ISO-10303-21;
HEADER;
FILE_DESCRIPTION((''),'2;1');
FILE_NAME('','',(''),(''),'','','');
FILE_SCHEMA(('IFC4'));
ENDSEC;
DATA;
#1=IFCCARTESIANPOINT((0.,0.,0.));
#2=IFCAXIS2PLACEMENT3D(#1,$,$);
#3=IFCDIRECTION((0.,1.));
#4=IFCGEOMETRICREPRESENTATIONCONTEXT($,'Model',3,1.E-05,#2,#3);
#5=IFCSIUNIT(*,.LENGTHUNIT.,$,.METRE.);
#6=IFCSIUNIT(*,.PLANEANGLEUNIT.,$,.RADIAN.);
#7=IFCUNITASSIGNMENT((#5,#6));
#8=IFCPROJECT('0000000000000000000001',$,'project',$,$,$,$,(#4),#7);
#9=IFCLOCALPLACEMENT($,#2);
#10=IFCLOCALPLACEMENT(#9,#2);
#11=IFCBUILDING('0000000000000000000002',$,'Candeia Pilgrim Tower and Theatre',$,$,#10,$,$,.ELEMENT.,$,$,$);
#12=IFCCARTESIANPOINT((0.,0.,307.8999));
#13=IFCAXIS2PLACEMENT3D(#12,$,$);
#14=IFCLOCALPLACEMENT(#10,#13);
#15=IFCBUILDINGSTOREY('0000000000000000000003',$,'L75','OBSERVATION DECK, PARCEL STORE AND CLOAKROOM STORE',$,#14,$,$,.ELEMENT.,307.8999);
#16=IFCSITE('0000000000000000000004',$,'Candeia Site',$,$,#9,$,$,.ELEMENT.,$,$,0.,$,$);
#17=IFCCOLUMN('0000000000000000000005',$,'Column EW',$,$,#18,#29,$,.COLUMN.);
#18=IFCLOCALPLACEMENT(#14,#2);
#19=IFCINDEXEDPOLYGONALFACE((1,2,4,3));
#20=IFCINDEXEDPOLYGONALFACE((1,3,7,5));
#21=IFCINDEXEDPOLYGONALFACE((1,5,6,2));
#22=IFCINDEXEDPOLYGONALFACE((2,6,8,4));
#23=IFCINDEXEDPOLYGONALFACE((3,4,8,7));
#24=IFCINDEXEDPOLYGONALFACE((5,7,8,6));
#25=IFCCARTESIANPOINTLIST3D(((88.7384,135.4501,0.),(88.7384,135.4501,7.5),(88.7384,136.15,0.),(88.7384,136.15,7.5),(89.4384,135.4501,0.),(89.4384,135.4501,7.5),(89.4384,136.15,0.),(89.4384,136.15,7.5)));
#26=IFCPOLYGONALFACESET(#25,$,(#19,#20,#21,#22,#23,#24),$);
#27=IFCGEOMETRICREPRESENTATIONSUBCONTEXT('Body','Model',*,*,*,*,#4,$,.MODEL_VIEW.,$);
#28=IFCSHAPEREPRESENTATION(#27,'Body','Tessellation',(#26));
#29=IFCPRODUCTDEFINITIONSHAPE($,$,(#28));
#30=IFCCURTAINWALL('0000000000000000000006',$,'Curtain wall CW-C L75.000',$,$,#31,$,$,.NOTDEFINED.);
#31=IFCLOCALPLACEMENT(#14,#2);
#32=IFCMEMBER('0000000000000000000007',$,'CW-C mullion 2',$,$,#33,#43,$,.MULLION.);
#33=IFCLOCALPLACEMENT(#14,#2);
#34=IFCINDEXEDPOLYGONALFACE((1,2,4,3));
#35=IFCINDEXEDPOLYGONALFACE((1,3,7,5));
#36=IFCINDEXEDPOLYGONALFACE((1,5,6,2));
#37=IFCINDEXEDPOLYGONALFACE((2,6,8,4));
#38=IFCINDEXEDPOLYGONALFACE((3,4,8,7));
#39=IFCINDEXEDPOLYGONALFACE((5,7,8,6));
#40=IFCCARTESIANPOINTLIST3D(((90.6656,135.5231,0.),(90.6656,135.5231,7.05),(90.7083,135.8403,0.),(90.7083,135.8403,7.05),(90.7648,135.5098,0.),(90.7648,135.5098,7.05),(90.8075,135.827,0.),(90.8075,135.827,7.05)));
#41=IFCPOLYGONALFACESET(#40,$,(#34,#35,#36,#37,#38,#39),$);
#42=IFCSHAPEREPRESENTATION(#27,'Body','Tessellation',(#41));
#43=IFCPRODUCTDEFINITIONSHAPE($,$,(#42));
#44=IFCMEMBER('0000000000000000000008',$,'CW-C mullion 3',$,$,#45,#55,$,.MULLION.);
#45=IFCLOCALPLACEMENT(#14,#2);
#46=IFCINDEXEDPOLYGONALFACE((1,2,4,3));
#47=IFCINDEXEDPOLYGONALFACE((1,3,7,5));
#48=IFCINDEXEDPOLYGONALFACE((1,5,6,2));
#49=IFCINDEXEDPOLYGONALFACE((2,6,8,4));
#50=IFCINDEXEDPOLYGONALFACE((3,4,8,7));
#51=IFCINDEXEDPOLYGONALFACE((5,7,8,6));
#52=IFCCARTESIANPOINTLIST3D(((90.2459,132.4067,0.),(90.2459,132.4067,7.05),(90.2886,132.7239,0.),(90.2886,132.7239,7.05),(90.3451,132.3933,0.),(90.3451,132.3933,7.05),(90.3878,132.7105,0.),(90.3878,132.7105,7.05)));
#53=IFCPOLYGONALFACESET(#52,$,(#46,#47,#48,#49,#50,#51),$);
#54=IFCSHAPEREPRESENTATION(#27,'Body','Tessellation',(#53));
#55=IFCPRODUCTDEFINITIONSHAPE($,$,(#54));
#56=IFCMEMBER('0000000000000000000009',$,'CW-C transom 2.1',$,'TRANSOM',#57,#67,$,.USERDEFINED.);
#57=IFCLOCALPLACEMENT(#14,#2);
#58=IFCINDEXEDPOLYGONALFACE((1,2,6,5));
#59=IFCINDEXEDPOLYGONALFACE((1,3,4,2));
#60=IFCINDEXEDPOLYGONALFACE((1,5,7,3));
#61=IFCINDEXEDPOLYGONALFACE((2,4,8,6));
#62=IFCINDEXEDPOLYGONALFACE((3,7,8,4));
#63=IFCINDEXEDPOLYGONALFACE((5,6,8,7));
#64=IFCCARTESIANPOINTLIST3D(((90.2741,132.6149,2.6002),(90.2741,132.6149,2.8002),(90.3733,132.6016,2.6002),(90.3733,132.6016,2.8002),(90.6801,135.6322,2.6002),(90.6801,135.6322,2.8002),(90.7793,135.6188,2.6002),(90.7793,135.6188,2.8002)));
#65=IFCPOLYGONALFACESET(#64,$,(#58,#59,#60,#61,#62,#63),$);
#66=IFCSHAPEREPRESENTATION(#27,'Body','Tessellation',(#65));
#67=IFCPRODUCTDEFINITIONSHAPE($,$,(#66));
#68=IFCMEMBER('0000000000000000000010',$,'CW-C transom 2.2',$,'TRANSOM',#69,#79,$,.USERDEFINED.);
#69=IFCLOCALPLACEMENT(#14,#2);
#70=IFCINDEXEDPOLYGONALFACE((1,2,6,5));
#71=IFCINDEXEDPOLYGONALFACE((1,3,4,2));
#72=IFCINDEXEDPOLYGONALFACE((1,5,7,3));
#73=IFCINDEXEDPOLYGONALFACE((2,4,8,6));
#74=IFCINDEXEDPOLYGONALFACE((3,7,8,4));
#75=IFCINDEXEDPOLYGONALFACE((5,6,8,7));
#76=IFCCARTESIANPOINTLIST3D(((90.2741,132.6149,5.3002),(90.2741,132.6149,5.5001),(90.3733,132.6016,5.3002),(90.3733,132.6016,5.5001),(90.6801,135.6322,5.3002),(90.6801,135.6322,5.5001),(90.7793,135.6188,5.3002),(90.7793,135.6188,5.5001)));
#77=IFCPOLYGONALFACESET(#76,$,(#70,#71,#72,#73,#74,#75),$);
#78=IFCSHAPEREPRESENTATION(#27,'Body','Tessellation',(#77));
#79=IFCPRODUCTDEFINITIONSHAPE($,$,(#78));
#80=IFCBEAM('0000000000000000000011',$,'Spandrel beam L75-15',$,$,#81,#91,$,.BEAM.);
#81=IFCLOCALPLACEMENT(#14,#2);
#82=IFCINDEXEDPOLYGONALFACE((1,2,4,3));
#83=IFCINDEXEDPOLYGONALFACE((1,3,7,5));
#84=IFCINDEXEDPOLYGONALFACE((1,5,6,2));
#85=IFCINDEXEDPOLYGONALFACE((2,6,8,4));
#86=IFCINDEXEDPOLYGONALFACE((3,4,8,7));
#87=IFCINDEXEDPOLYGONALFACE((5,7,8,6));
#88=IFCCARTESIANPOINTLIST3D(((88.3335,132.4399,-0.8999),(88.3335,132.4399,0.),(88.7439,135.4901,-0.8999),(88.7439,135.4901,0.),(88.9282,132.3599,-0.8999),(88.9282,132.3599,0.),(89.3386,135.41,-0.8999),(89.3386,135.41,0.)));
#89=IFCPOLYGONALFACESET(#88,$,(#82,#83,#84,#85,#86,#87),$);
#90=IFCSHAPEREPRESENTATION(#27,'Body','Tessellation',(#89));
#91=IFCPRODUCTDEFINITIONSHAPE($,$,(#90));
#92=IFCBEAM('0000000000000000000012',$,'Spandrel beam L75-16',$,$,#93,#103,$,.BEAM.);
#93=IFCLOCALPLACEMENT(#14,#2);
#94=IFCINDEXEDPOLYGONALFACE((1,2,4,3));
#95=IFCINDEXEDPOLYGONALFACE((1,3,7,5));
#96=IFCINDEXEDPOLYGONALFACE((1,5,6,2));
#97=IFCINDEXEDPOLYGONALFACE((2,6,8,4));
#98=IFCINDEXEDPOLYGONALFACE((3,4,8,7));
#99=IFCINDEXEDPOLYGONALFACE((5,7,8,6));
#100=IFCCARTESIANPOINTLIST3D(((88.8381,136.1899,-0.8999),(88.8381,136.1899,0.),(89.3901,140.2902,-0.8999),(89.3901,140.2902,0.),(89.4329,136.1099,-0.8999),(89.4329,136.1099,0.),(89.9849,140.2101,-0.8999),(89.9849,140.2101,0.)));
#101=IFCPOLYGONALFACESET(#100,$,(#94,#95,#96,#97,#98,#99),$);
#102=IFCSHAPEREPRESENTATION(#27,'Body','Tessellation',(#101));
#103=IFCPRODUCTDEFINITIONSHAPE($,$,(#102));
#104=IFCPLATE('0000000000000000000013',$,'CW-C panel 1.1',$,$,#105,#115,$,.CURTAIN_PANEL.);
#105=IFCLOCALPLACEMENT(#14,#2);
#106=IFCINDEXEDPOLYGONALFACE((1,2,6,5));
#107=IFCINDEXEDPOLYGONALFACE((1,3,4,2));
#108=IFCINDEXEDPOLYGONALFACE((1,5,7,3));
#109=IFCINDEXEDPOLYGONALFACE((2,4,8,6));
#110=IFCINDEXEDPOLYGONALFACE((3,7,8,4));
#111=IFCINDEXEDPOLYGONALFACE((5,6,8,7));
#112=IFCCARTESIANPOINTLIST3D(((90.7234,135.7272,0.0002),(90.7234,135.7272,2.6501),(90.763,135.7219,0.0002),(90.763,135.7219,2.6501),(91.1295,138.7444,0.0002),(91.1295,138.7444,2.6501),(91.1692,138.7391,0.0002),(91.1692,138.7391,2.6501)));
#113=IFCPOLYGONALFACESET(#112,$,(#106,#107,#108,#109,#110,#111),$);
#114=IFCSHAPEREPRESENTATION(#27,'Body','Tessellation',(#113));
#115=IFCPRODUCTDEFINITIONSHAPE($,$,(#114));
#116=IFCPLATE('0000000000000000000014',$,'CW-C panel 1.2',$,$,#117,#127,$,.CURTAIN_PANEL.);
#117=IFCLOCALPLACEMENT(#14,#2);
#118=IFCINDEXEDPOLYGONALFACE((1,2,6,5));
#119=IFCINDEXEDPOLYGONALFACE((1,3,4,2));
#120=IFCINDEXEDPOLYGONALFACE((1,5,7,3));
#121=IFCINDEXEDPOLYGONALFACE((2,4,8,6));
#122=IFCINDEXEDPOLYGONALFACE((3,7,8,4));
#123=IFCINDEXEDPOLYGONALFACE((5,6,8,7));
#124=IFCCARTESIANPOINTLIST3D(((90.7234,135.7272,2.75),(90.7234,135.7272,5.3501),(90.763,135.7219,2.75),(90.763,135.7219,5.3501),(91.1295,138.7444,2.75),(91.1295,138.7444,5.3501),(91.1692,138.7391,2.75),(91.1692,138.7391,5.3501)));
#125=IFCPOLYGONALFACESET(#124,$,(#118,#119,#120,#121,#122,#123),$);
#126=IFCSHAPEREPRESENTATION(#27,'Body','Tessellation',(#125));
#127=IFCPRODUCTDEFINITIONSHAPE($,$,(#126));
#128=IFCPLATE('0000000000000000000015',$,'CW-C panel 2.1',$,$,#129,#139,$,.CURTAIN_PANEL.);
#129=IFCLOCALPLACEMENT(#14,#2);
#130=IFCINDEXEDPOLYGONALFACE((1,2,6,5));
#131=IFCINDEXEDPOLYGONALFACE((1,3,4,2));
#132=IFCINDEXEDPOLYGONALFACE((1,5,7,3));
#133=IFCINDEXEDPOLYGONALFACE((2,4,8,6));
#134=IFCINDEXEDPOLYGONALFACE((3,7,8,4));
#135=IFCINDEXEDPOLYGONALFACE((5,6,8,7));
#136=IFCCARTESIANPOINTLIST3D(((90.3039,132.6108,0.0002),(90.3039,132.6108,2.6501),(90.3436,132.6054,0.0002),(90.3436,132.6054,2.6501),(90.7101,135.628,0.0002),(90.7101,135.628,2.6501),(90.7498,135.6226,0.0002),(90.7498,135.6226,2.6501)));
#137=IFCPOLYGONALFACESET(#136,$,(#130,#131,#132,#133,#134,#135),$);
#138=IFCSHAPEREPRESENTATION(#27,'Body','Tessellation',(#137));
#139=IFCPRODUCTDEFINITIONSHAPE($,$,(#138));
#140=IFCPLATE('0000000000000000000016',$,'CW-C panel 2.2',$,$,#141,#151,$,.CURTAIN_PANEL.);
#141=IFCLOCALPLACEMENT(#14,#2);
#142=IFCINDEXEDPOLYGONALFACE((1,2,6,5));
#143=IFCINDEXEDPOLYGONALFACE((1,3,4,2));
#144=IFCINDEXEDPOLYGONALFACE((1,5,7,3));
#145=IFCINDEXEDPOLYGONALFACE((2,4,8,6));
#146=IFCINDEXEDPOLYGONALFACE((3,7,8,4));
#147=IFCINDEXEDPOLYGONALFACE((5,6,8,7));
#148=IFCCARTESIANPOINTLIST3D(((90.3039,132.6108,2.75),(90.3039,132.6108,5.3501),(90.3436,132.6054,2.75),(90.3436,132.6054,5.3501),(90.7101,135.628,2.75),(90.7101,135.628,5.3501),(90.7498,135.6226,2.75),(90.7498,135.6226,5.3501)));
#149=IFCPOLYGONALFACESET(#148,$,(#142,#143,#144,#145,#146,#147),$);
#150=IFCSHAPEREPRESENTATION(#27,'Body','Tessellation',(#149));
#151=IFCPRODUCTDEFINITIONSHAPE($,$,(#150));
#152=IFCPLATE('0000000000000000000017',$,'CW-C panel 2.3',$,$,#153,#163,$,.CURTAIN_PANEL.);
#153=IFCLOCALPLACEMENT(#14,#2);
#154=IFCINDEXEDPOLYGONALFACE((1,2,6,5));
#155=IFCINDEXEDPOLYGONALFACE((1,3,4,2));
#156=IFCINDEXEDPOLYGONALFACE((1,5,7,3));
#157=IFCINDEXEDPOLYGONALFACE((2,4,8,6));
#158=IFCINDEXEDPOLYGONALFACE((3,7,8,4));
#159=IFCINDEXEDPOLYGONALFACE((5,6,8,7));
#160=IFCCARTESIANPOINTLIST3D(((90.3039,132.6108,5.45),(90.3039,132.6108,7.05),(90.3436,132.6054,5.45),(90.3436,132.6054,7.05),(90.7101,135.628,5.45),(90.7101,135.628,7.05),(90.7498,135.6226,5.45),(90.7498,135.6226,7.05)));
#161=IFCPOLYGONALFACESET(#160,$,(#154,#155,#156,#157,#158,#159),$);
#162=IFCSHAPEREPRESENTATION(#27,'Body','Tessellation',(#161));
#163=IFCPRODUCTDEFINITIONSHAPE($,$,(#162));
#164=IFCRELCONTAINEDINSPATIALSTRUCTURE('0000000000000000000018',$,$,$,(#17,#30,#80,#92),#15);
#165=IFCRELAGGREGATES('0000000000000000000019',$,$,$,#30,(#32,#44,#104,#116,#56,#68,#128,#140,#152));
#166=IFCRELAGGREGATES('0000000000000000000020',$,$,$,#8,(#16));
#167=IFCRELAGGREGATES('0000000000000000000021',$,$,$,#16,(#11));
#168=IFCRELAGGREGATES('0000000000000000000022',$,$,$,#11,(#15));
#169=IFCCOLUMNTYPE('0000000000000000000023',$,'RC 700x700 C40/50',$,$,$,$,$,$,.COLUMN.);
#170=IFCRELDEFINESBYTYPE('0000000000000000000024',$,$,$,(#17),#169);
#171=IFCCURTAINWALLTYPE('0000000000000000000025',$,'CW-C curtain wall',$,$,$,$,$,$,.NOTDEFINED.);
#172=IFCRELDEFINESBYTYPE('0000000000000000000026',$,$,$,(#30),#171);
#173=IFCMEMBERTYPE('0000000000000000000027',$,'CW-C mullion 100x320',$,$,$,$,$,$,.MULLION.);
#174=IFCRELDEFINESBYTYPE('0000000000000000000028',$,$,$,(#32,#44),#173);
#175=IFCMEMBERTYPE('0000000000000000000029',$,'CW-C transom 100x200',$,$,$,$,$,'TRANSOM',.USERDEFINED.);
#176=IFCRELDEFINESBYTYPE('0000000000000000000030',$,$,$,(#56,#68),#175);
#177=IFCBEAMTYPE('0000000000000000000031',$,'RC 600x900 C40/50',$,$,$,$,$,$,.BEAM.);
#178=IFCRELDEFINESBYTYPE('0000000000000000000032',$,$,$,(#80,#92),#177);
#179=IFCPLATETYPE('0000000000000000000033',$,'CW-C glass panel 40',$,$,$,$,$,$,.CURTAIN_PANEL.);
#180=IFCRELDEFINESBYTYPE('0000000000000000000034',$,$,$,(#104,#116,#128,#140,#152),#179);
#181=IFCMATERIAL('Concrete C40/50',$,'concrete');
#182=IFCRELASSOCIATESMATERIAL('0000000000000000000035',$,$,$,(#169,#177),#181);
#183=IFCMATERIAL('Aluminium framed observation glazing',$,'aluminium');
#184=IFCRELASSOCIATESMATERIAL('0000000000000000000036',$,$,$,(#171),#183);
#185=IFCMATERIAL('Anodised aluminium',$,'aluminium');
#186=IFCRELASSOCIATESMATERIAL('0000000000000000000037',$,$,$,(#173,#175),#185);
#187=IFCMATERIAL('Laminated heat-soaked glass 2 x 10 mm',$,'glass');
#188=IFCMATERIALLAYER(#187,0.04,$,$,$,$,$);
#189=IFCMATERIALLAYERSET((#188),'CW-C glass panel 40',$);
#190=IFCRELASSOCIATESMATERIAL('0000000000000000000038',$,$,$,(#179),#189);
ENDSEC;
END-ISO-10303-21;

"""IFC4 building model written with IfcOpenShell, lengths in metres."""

from ifc_helpers import new_model, si_unit, direction, frame, origin, origin_2d, place, context, subcontext, project, spatial, rectangle, extrude, material, layer, layer_set, material_profile, profile_set, type_object, element, aggregate, save


model = new_model("IFC4")

# Units and contexts
model_context = context("Model", 3, precision=1e-05, world=origin(), true_north=direction((0.0, 1.0)))
body_context = subcontext(model_context, "Body", "Model", "MODEL_VIEW")
ifc_project = project(units=[si_unit("LENGTHUNIT", "METRE"), si_unit("PLANEANGLEUNIT", "RADIAN")], contexts=[model_context])

# Site, building, storey
site_placement = place(None, origin())
site = spatial("IfcSite", under=ifc_project, at=site_placement, Name="Candeia Site", CompositionType="ELEMENT", RefElevation=0.0)
building_placement = place(site_placement, origin())
building = spatial("IfcBuilding", under=site, at=building_placement, Name="Candeia Pilgrim Tower and Theatre", CompositionType="ELEMENT")
storey_placement = place(building_placement, frame((0.0, 0.0, 307.8999)))
storey = spatial("IfcBuildingStorey", under=building, at=storey_placement, Name="L75", Description="OBSERVATION DECK, PARCEL STORE AND CLOAKROOM STORE", CompositionType="ELEMENT", Elevation=307.8999)

# Column
ifc_material_1 = material(Name="Concrete C40/50", Category="concrete")
ifc_material_profile_1 = material_profile(ifc_material_1, rectangle(XDim=0.7, YDim=0.7, at=origin_2d()))
ifc_profile_set_1 = profile_set([ifc_material_profile_1], Name="Concrete C40/50")
column_type = type_object("IfcColumnType", Name="RC 700x700 C40/50", PredefinedType="COLUMN", material=ifc_profile_set_1)
column_placement = place(storey_placement, frame((89.0884, 135.8, 0.0), z_axis=(0.0, 0.0, 1.0), x_axis=(1.0, 0.0, 0.0)))
element("IfcColumn", 1, at=column_placement, inside=storey, type_object=column_type, Name="Column EW", PredefinedType="COLUMN", context=body_context, shape_type="SweptSolid", body=[
    extrude(rectangle(XDim=0.7, YDim=0.7, at=origin_2d()), origin(), (0.0, 0.0, 1.0), 7.5),
])

# Curtain wall, members
ifc_material_2 = material(Name="Aluminium framed observation glazing", Category="aluminium")
curtain_wall_type = type_object("IfcCurtainWallType", Name="CW-C curtain wall", PredefinedType="NOTDEFINED", material=ifc_material_2)
curtain_wall_placement = place(storey_placement, origin())
curtain_wall = element("IfcCurtainWall", 2, at=curtain_wall_placement, inside=storey, type_object=curtain_wall_type, Name="Curtain wall CW-C L75.000", PredefinedType="NOTDEFINED")
ifc_material_3 = material(Name="Anodised aluminium", Category="aluminium")
ifc_material_profile_2 = material_profile(ifc_material_3, rectangle(XDim=0.1001, YDim=0.3201, at=origin_2d()))
ifc_profile_set_2 = profile_set([ifc_material_profile_2], Name="Anodised aluminium")
member_type_1 = type_object("IfcMemberType", Name="CW-C mullion 100x320", PredefinedType="MULLION", material=ifc_profile_set_2)
member_1_placement = place(storey_placement, frame((90.7366, 135.675, 0.0), z_axis=(0.0, 0.0, 1.0), x_axis=(0.991061, -0.133412, 0.0)))
member_1 = element("IfcMember", 3, at=member_1_placement, type_object=member_type_1, Name="CW-C mullion 2", PredefinedType="MULLION", context=body_context, shape_type="SweptSolid", body=[
    extrude(rectangle(XDim=0.1001, YDim=0.3201, at=origin_2d()), origin(), (0.0, 0.0, 1.0), 7.05),
])
member_2_placement = place(storey_placement, frame((90.3169, 132.5586, 0.0), z_axis=(0.0, 0.0, 1.0), x_axis=(0.991061, -0.133412, 0.0)))
member_2 = element("IfcMember", 4, at=member_2_placement, type_object=member_type_1, Name="CW-C mullion 3", PredefinedType="MULLION", context=body_context, shape_type="SweptSolid", body=[
    extrude(rectangle(XDim=0.1001, YDim=0.3201, at=origin_2d()), origin(), (0.0, 0.0, 1.0), 7.05),
])
ifc_material_profile_3 = material_profile(ifc_material_3, rectangle(XDim=0.1001, YDim=0.2, at=origin_2d()))
ifc_profile_set_3 = profile_set([ifc_material_profile_3], Name="Anodised aluminium")
member_type_2 = type_object("IfcMemberType", Name="CW-C transom 100x200", ElementType="TRANSOM", PredefinedType="USERDEFINED", material=ifc_profile_set_3)
member_3_placement = place(storey_placement, frame((90.7297, 135.6255, 2.7002), z_axis=(-0.133356, -0.991068, 0.0), x_axis=(0.991068, -0.133356, 0.0)))
member_3 = element("IfcMember", 5, at=member_3_placement, type_object=member_type_2, Name="CW-C transom 2.1", ObjectType="TRANSOM", PredefinedType="USERDEFINED", context=body_context, shape_type="SweptSolid", body=[
    extrude(rectangle(XDim=0.1001, YDim=0.2, at=origin_2d()), origin(), (0.0, 0.0, 1.0), 3.0444),
])
member_4_placement = place(storey_placement, frame((90.7297, 135.6255, 5.4001), z_axis=(-0.133356, -0.991068, 0.0), x_axis=(0.991068, -0.133356, 0.0)))
member_4 = element("IfcMember", 6, at=member_4_placement, type_object=member_type_2, Name="CW-C transom 2.2", ObjectType="TRANSOM", PredefinedType="USERDEFINED", context=body_context, shape_type="SweptSolid", body=[
    extrude(rectangle(XDim=0.1001, YDim=0.2, at=origin_2d()), origin(), (0.0, 0.0, 1.0), 3.0444),
])

# Beams
ifc_material_profile_4 = material_profile(ifc_material_1, rectangle(XDim=0.6001, YDim=0.8999, at=origin_2d()))
ifc_profile_set_4 = profile_set([ifc_material_profile_4], Name="Concrete C40/50")
beam_type = type_object("IfcBeamType", Name="RC 600x900 C40/50", PredefinedType="BEAM", material=ifc_profile_set_4)
beam_1_placement = place(storey_placement, frame((88.6309, 132.3999, -0.45), z_axis=(0.133354, 0.991069, 0.0), x_axis=(-0.991069, 0.133354, 0.0)))
element("IfcBeam", 7, at=beam_1_placement, inside=storey, type_object=beam_type, Name="Spandrel beam L75-15", PredefinedType="BEAM", context=body_context, shape_type="SweptSolid", body=[
    extrude(rectangle(XDim=0.6001, YDim=0.8999, at=origin_2d()), origin(), (0.0, 0.0, 1.0), 3.0776),
])
beam_2_placement = place(storey_placement, frame((89.1355, 136.1499, -0.45), z_axis=(0.133428, 0.991059, 0.0), x_axis=(-0.991059, 0.133428, 0.0)))
element("IfcBeam", 8, at=beam_2_placement, inside=storey, type_object=beam_type, Name="Spandrel beam L75-16", PredefinedType="BEAM", context=body_context, shape_type="SweptSolid", body=[
    extrude(rectangle(XDim=0.6001, YDim=0.8999, at=origin_2d()), origin(), (0.0, 0.0, 1.0), 4.1372),
])

# Plates
ifc_material_4 = material(Name="Laminated heat-soaked glass 2 x 10 mm", Category="glass")
ifc_layer_1 = layer(ifc_material_4, 0.04)
ifc_layer_set_1 = layer_set([ifc_layer_1], Name="CW-C glass panel 40")
plate_type = type_object("IfcPlateType", Name="CW-C glass panel 40", PredefinedType="CURTAIN_PANEL", material=ifc_layer_set_1)
plate_1_placement = place(storey_placement, frame((90.9463, 137.2332, 0.0002), z_axis=(0.0, 0.0, 1.0), x_axis=(-0.133412, -0.991061, 0.0)))
plate_1 = element("IfcPlate", 9, at=plate_1_placement, type_object=plate_type, Name="CW-C panel 1.1", PredefinedType="CURTAIN_PANEL", context=body_context, shape_type="SweptSolid", body=[
    extrude(rectangle(XDim=3.0444, YDim=0.04, at=origin_2d()), origin(), (0.0, 0.0, 1.0), 2.6499),
])
plate_2_placement = place(storey_placement, frame((90.9463, 137.2332, 2.75), z_axis=(0.0, 0.0, 1.0), x_axis=(-0.133412, -0.991061, 0.0)))
plate_2 = element("IfcPlate", 10, at=plate_2_placement, type_object=plate_type, Name="CW-C panel 1.2", PredefinedType="CURTAIN_PANEL", context=body_context, shape_type="SweptSolid", body=[
    extrude(rectangle(XDim=3.0444, YDim=0.04, at=origin_2d()), origin(), (0.0, 0.0, 1.0), 2.6001),
])
plate_3_placement = place(storey_placement, frame((90.5269, 134.1167, 0.0002), z_axis=(0.0, 0.0, 1.0), x_axis=(-0.133412, -0.991061, 0.0)))
plate_3 = element("IfcPlate", 11, at=plate_3_placement, type_object=plate_type, Name="CW-C panel 2.1", PredefinedType="CURTAIN_PANEL", context=body_context, shape_type="SweptSolid", body=[
    extrude(rectangle(XDim=3.0444, YDim=0.04, at=origin_2d()), origin(), (0.0, 0.0, 1.0), 2.6499),
])
plate_4_placement = place(storey_placement, frame((90.5269, 134.1167, 2.75), z_axis=(0.0, 0.0, 1.0), x_axis=(-0.133412, -0.991061, 0.0)))
plate_4 = element("IfcPlate", 12, at=plate_4_placement, type_object=plate_type, Name="CW-C panel 2.2", PredefinedType="CURTAIN_PANEL", context=body_context, shape_type="SweptSolid", body=[
    extrude(rectangle(XDim=3.0444, YDim=0.04, at=origin_2d()), origin(), (0.0, 0.0, 1.0), 2.6001),
])
plate_5_placement = place(storey_placement, frame((90.5269, 134.1167, 5.45), z_axis=(0.0, 0.0, 1.0), x_axis=(-0.133412, -0.991061, 0.0)))
plate_5 = element("IfcPlate", 13, at=plate_5_placement, type_object=plate_type, Name="CW-C panel 2.3", PredefinedType="CURTAIN_PANEL", context=body_context, shape_type="SweptSolid", body=[
    extrude(rectangle(XDim=3.0444, YDim=0.04, at=origin_2d()), origin(), (0.0, 0.0, 1.0), 1.6001),
])
aggregate(curtain_wall, [member_1, member_2, plate_1, plate_2, member_3, member_4, plate_3, plate_4, plate_5])

save(model, "model.ifc")
